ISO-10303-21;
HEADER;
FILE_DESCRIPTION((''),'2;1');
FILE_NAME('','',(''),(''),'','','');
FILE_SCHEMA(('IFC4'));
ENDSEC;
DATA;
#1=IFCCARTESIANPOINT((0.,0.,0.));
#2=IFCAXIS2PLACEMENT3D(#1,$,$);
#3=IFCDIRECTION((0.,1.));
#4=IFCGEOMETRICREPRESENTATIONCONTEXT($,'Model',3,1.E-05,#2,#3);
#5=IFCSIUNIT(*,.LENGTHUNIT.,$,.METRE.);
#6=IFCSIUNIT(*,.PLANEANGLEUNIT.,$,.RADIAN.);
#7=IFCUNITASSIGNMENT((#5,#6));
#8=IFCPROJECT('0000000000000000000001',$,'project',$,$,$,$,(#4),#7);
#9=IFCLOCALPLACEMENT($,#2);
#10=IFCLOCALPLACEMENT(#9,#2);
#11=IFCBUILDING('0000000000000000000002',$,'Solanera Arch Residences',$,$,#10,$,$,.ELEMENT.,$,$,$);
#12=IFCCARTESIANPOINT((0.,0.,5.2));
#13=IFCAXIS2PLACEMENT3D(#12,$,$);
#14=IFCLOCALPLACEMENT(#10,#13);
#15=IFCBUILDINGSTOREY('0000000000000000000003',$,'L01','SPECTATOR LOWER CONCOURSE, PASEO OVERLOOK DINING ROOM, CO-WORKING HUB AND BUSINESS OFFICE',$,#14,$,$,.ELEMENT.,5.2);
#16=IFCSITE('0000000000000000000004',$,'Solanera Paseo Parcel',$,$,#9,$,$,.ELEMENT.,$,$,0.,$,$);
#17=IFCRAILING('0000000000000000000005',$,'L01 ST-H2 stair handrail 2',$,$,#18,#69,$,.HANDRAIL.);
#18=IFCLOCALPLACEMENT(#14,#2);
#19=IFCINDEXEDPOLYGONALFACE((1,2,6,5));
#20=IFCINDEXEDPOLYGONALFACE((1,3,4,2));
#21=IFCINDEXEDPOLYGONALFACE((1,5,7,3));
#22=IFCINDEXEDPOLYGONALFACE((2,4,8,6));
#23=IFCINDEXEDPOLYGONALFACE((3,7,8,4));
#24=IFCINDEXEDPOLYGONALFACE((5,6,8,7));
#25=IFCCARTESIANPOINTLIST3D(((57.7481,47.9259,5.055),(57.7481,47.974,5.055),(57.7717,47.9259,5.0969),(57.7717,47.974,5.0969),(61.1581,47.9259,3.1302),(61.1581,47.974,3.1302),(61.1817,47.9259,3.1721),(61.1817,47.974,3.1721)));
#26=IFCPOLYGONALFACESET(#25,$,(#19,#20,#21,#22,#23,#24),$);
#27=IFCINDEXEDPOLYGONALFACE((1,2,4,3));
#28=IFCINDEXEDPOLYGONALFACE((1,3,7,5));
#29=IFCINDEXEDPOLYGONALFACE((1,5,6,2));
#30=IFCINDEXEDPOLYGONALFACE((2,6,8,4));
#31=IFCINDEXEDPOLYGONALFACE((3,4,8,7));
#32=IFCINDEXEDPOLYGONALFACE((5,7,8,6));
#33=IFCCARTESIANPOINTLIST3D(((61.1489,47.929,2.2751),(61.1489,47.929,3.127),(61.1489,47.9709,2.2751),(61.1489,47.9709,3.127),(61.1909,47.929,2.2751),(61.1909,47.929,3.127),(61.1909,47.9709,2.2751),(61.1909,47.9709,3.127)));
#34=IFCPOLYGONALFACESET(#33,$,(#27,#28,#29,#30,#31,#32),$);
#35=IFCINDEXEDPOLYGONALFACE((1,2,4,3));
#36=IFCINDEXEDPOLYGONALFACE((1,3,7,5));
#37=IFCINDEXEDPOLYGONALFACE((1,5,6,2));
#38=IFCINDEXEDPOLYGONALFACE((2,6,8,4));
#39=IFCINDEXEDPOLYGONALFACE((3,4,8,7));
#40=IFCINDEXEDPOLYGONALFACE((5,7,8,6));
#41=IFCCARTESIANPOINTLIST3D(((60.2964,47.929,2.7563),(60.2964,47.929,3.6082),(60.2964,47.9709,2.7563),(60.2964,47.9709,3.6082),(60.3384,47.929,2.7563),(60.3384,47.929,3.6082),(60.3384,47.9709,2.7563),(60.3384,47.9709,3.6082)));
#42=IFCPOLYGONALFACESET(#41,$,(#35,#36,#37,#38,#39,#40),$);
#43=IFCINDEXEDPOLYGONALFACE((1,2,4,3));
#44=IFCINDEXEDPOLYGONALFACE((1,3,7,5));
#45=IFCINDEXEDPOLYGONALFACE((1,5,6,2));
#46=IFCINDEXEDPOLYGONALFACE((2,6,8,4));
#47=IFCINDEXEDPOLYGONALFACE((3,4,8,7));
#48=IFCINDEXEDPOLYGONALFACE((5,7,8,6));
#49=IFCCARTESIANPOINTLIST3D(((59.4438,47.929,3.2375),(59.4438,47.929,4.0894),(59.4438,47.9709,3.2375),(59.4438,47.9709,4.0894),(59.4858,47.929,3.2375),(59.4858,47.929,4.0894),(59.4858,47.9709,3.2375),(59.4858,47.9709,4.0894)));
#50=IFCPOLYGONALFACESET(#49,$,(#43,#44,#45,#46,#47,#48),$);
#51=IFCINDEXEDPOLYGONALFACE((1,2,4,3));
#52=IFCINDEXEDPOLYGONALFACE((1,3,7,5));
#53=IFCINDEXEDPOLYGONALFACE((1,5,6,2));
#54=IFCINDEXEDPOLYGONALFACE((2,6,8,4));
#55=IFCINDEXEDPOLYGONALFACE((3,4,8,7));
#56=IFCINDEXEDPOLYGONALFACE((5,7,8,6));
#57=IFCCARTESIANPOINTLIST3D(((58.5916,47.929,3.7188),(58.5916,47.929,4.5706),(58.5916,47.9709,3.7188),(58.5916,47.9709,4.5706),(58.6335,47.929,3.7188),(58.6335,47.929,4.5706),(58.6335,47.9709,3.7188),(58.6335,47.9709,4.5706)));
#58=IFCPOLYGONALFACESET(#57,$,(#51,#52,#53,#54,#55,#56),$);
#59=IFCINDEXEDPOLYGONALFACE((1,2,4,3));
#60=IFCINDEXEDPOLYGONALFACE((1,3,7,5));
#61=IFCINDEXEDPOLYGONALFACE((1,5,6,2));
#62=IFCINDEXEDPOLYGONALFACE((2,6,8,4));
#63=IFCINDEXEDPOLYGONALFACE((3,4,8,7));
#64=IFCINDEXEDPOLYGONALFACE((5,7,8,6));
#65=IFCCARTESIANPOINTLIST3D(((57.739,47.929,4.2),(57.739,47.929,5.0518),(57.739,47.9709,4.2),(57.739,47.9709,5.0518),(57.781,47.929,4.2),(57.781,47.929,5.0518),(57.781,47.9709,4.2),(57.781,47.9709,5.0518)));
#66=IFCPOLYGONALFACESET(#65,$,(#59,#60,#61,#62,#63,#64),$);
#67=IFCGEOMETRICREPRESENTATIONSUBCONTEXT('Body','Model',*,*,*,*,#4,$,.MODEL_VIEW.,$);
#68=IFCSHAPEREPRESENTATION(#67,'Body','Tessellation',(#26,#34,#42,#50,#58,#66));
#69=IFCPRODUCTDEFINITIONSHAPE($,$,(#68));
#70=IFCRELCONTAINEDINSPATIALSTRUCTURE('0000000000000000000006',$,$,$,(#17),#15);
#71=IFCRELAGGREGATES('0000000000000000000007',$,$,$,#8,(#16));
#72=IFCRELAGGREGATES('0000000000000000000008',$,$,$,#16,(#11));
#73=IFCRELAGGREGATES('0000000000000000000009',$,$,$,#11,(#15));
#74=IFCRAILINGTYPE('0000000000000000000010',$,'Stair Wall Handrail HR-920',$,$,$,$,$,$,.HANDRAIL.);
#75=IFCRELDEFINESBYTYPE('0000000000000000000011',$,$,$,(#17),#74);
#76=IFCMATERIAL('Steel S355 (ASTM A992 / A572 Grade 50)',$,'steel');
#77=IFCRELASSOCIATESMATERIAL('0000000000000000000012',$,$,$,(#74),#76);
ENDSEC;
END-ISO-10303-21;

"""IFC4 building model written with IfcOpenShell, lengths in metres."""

from ifc_helpers import new_model, si_unit, direction, frame, origin, origin_2d, place, context, subcontext, project, spatial, rectangle, extrude, material, type_object, element, save


model = new_model("IFC4")

# Units and contexts
model_context = context("Model", 3, precision=1e-05, world=origin(), true_north=direction((0.0, 1.0)))
body_context = subcontext(model_context, "Body", "Model", "MODEL_VIEW")
ifc_project = project(units=[si_unit("LENGTHUNIT", "METRE"), si_unit("PLANEANGLEUNIT", "RADIAN")], contexts=[model_context])

# Site, building, storey
site_placement = place(None, origin())
site = spatial("IfcSite", under=ifc_project, at=site_placement, Name="Solanera Paseo Parcel", CompositionType="ELEMENT", RefElevation=0.0)
building_placement = place(site_placement, origin())
building = spatial("IfcBuilding", under=site, at=building_placement, Name="Solanera Arch Residences", CompositionType="ELEMENT")
storey_placement = place(building_placement, frame((0.0, 0.0, 5.2)))
storey = spatial("IfcBuildingStorey", under=building, at=storey_placement, Name="L01", Description="SPECTATOR LOWER CONCOURSE, PASEO OVERLOOK DINING ROOM, CO-WORKING HUB AND BUSINESS OFFICE", CompositionType="ELEMENT", Elevation=5.2)

# Railing
ifc_material_1 = material(Name="Steel S355 (ASTM A992 / A572 Grade 50)", Category="steel")
railing_type_1 = type_object("IfcRailingType", Name="Stair Wall Handrail HR-920", PredefinedType="HANDRAIL", material=ifc_material_1)
railing_1_placement = place(storey_placement, frame((61.1699, 47.95, 2.2751)))
element("IfcRailing", 1, at=railing_1_placement, inside=storey, type_object=railing_type_1, Name="L01 ST-H2 stair handrail 2", PredefinedType="HANDRAIL", context=body_context, shape_type="SweptSolid", body=[
    extrude(rectangle(XDim=0.0481, YDim=0.0481, at=origin_2d()), frame((0.0, 0.0, 0.876), z_axis=(-0.87084, 0.0, 0.491566), x_axis=(0.0, -1.0, 0.0)), (0.0, 0.0, 1.0), 3.9158),
    extrude(rectangle(XDim=0.042, YDim=0.042, at=origin_2d()), origin(), (0.0, 0.0, 1.0), 0.8518),
    extrude(rectangle(XDim=0.042, YDim=0.042, at=origin_2d()), frame((-0.8525, 0.0, 0.4812)), (0.0, 0.0, 1.0), 0.8518),
    extrude(rectangle(XDim=0.042, YDim=0.042, at=origin_2d()), frame((-1.7051, 0.0, 0.9624)), (0.0, 0.0, 1.0), 0.8518),
    extrude(rectangle(XDim=0.042, YDim=0.042, at=origin_2d()), frame((-2.5574, 0.0, 1.4436)), (0.0, 0.0, 1.0), 0.8518),
    extrude(rectangle(XDim=0.042, YDim=0.042, at=origin_2d()), frame((-3.4099, 0.0, 1.9248)), (0.0, 0.0, 1.0), 0.8518),
])

save(model, "model.ifc")
